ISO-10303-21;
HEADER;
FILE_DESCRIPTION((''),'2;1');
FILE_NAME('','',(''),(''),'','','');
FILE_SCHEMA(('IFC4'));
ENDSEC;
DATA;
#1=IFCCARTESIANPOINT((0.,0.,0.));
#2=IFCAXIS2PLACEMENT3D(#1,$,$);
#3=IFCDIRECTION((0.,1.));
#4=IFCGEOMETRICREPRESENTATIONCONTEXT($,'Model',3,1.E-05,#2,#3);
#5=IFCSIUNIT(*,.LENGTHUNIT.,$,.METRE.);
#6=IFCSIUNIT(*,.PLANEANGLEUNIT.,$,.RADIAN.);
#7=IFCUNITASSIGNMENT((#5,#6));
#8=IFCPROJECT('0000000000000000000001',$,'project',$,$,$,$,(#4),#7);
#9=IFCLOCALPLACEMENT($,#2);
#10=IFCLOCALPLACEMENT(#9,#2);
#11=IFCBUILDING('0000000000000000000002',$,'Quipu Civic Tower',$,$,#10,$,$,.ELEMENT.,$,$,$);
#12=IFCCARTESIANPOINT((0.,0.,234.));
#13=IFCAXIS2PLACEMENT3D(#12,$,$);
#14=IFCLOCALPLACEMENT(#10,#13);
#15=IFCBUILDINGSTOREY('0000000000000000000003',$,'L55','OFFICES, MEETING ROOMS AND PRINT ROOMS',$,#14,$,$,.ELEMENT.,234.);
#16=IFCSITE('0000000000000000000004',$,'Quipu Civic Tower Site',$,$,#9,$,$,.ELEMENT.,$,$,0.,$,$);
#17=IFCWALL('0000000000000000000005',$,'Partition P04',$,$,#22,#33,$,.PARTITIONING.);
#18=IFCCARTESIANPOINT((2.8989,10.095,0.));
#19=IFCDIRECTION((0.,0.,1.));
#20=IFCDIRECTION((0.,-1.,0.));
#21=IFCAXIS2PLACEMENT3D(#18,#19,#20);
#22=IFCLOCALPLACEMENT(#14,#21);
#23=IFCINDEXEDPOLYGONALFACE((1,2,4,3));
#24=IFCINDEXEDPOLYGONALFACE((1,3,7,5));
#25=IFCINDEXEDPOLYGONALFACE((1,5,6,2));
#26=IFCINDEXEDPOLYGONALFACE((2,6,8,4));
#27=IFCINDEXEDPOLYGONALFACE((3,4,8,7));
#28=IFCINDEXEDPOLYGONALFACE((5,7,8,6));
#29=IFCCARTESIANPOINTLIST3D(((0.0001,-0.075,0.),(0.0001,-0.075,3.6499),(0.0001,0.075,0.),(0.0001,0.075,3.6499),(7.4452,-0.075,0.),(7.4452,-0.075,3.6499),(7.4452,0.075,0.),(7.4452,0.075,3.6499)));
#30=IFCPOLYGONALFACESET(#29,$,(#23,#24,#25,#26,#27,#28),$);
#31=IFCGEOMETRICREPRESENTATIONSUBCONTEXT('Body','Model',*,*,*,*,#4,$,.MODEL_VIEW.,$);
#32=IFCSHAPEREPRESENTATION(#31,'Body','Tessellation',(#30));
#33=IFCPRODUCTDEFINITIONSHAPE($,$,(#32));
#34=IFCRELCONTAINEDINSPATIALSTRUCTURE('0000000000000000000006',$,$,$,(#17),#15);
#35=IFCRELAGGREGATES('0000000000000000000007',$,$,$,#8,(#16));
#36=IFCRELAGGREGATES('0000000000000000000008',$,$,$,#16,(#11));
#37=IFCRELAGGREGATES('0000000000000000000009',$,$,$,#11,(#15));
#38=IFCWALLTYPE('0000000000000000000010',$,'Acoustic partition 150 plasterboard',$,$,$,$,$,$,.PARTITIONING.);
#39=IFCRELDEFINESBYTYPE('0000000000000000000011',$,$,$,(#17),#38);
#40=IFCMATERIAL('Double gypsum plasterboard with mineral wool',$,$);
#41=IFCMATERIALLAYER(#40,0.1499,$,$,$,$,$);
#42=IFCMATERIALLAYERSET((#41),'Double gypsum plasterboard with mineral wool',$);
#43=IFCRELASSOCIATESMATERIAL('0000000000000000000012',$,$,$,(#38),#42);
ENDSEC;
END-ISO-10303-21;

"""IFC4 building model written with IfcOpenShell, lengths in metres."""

from ifc_helpers import new_model, si_unit, direction, frame, frame_2d, origin, place, context, subcontext, project, spatial, rectangle, extrude, material, layer, layer_set, type_object, element, save


model = new_model("IFC4")

# Units and contexts
model_context = context("Model", 3, precision=1e-05, world=origin(), true_north=direction((0.0, 1.0)))
body_context = subcontext(model_context, "Body", "Model", "MODEL_VIEW")
ifc_project = project(units=[si_unit("LENGTHUNIT", "METRE"), si_unit("PLANEANGLEUNIT", "RADIAN")], contexts=[model_context])

# Site, building, storey
site_placement = place(None, origin())
site = spatial("IfcSite", under=ifc_project, at=site_placement, Name="Quipu Civic Tower Site", CompositionType="ELEMENT", RefElevation=0.0)
building_placement = place(site_placement, origin())
building = spatial("IfcBuilding", under=site, at=building_placement, Name="Quipu Civic Tower", CompositionType="ELEMENT")
storey_placement = place(building_placement, frame((0.0, 0.0, 234.0)))
storey = spatial("IfcBuildingStorey", under=building, at=storey_placement, Name="L55", Description="OFFICES, MEETING ROOMS AND PRINT ROOMS", CompositionType="ELEMENT", Elevation=234.0)

# Wall
ifc_material_1 = material(Name="Double gypsum plasterboard with mineral wool")
ifc_layer_1 = layer(ifc_material_1, 0.1499)
ifc_layer_set_1 = layer_set([ifc_layer_1], Name="Double gypsum plasterboard with mineral wool")
wall_type_1 = type_object("IfcWallType", Name="Acoustic partition 150 plasterboard", PredefinedType="PARTITIONING", material=ifc_layer_set_1)
wall_1_placement = place(storey_placement, frame((2.8989, 10.095, 0.0), z_axis=(0.0, 0.0, 1.0), x_axis=(0.0, -1.0, 0.0)))
element("IfcWall", 1, at=wall_1_placement, inside=storey, type_object=wall_type_1, Name="Partition P04", PredefinedType="PARTITIONING", context=body_context, shape_type="SweptSolid", body=[
    extrude(rectangle(XDim=7.4451, YDim=0.1499, at=frame_2d((3.7227, 0.0))), origin(), (0.0, 0.0, 1.0), 3.6499),
])

save(model, "model.ifc")
